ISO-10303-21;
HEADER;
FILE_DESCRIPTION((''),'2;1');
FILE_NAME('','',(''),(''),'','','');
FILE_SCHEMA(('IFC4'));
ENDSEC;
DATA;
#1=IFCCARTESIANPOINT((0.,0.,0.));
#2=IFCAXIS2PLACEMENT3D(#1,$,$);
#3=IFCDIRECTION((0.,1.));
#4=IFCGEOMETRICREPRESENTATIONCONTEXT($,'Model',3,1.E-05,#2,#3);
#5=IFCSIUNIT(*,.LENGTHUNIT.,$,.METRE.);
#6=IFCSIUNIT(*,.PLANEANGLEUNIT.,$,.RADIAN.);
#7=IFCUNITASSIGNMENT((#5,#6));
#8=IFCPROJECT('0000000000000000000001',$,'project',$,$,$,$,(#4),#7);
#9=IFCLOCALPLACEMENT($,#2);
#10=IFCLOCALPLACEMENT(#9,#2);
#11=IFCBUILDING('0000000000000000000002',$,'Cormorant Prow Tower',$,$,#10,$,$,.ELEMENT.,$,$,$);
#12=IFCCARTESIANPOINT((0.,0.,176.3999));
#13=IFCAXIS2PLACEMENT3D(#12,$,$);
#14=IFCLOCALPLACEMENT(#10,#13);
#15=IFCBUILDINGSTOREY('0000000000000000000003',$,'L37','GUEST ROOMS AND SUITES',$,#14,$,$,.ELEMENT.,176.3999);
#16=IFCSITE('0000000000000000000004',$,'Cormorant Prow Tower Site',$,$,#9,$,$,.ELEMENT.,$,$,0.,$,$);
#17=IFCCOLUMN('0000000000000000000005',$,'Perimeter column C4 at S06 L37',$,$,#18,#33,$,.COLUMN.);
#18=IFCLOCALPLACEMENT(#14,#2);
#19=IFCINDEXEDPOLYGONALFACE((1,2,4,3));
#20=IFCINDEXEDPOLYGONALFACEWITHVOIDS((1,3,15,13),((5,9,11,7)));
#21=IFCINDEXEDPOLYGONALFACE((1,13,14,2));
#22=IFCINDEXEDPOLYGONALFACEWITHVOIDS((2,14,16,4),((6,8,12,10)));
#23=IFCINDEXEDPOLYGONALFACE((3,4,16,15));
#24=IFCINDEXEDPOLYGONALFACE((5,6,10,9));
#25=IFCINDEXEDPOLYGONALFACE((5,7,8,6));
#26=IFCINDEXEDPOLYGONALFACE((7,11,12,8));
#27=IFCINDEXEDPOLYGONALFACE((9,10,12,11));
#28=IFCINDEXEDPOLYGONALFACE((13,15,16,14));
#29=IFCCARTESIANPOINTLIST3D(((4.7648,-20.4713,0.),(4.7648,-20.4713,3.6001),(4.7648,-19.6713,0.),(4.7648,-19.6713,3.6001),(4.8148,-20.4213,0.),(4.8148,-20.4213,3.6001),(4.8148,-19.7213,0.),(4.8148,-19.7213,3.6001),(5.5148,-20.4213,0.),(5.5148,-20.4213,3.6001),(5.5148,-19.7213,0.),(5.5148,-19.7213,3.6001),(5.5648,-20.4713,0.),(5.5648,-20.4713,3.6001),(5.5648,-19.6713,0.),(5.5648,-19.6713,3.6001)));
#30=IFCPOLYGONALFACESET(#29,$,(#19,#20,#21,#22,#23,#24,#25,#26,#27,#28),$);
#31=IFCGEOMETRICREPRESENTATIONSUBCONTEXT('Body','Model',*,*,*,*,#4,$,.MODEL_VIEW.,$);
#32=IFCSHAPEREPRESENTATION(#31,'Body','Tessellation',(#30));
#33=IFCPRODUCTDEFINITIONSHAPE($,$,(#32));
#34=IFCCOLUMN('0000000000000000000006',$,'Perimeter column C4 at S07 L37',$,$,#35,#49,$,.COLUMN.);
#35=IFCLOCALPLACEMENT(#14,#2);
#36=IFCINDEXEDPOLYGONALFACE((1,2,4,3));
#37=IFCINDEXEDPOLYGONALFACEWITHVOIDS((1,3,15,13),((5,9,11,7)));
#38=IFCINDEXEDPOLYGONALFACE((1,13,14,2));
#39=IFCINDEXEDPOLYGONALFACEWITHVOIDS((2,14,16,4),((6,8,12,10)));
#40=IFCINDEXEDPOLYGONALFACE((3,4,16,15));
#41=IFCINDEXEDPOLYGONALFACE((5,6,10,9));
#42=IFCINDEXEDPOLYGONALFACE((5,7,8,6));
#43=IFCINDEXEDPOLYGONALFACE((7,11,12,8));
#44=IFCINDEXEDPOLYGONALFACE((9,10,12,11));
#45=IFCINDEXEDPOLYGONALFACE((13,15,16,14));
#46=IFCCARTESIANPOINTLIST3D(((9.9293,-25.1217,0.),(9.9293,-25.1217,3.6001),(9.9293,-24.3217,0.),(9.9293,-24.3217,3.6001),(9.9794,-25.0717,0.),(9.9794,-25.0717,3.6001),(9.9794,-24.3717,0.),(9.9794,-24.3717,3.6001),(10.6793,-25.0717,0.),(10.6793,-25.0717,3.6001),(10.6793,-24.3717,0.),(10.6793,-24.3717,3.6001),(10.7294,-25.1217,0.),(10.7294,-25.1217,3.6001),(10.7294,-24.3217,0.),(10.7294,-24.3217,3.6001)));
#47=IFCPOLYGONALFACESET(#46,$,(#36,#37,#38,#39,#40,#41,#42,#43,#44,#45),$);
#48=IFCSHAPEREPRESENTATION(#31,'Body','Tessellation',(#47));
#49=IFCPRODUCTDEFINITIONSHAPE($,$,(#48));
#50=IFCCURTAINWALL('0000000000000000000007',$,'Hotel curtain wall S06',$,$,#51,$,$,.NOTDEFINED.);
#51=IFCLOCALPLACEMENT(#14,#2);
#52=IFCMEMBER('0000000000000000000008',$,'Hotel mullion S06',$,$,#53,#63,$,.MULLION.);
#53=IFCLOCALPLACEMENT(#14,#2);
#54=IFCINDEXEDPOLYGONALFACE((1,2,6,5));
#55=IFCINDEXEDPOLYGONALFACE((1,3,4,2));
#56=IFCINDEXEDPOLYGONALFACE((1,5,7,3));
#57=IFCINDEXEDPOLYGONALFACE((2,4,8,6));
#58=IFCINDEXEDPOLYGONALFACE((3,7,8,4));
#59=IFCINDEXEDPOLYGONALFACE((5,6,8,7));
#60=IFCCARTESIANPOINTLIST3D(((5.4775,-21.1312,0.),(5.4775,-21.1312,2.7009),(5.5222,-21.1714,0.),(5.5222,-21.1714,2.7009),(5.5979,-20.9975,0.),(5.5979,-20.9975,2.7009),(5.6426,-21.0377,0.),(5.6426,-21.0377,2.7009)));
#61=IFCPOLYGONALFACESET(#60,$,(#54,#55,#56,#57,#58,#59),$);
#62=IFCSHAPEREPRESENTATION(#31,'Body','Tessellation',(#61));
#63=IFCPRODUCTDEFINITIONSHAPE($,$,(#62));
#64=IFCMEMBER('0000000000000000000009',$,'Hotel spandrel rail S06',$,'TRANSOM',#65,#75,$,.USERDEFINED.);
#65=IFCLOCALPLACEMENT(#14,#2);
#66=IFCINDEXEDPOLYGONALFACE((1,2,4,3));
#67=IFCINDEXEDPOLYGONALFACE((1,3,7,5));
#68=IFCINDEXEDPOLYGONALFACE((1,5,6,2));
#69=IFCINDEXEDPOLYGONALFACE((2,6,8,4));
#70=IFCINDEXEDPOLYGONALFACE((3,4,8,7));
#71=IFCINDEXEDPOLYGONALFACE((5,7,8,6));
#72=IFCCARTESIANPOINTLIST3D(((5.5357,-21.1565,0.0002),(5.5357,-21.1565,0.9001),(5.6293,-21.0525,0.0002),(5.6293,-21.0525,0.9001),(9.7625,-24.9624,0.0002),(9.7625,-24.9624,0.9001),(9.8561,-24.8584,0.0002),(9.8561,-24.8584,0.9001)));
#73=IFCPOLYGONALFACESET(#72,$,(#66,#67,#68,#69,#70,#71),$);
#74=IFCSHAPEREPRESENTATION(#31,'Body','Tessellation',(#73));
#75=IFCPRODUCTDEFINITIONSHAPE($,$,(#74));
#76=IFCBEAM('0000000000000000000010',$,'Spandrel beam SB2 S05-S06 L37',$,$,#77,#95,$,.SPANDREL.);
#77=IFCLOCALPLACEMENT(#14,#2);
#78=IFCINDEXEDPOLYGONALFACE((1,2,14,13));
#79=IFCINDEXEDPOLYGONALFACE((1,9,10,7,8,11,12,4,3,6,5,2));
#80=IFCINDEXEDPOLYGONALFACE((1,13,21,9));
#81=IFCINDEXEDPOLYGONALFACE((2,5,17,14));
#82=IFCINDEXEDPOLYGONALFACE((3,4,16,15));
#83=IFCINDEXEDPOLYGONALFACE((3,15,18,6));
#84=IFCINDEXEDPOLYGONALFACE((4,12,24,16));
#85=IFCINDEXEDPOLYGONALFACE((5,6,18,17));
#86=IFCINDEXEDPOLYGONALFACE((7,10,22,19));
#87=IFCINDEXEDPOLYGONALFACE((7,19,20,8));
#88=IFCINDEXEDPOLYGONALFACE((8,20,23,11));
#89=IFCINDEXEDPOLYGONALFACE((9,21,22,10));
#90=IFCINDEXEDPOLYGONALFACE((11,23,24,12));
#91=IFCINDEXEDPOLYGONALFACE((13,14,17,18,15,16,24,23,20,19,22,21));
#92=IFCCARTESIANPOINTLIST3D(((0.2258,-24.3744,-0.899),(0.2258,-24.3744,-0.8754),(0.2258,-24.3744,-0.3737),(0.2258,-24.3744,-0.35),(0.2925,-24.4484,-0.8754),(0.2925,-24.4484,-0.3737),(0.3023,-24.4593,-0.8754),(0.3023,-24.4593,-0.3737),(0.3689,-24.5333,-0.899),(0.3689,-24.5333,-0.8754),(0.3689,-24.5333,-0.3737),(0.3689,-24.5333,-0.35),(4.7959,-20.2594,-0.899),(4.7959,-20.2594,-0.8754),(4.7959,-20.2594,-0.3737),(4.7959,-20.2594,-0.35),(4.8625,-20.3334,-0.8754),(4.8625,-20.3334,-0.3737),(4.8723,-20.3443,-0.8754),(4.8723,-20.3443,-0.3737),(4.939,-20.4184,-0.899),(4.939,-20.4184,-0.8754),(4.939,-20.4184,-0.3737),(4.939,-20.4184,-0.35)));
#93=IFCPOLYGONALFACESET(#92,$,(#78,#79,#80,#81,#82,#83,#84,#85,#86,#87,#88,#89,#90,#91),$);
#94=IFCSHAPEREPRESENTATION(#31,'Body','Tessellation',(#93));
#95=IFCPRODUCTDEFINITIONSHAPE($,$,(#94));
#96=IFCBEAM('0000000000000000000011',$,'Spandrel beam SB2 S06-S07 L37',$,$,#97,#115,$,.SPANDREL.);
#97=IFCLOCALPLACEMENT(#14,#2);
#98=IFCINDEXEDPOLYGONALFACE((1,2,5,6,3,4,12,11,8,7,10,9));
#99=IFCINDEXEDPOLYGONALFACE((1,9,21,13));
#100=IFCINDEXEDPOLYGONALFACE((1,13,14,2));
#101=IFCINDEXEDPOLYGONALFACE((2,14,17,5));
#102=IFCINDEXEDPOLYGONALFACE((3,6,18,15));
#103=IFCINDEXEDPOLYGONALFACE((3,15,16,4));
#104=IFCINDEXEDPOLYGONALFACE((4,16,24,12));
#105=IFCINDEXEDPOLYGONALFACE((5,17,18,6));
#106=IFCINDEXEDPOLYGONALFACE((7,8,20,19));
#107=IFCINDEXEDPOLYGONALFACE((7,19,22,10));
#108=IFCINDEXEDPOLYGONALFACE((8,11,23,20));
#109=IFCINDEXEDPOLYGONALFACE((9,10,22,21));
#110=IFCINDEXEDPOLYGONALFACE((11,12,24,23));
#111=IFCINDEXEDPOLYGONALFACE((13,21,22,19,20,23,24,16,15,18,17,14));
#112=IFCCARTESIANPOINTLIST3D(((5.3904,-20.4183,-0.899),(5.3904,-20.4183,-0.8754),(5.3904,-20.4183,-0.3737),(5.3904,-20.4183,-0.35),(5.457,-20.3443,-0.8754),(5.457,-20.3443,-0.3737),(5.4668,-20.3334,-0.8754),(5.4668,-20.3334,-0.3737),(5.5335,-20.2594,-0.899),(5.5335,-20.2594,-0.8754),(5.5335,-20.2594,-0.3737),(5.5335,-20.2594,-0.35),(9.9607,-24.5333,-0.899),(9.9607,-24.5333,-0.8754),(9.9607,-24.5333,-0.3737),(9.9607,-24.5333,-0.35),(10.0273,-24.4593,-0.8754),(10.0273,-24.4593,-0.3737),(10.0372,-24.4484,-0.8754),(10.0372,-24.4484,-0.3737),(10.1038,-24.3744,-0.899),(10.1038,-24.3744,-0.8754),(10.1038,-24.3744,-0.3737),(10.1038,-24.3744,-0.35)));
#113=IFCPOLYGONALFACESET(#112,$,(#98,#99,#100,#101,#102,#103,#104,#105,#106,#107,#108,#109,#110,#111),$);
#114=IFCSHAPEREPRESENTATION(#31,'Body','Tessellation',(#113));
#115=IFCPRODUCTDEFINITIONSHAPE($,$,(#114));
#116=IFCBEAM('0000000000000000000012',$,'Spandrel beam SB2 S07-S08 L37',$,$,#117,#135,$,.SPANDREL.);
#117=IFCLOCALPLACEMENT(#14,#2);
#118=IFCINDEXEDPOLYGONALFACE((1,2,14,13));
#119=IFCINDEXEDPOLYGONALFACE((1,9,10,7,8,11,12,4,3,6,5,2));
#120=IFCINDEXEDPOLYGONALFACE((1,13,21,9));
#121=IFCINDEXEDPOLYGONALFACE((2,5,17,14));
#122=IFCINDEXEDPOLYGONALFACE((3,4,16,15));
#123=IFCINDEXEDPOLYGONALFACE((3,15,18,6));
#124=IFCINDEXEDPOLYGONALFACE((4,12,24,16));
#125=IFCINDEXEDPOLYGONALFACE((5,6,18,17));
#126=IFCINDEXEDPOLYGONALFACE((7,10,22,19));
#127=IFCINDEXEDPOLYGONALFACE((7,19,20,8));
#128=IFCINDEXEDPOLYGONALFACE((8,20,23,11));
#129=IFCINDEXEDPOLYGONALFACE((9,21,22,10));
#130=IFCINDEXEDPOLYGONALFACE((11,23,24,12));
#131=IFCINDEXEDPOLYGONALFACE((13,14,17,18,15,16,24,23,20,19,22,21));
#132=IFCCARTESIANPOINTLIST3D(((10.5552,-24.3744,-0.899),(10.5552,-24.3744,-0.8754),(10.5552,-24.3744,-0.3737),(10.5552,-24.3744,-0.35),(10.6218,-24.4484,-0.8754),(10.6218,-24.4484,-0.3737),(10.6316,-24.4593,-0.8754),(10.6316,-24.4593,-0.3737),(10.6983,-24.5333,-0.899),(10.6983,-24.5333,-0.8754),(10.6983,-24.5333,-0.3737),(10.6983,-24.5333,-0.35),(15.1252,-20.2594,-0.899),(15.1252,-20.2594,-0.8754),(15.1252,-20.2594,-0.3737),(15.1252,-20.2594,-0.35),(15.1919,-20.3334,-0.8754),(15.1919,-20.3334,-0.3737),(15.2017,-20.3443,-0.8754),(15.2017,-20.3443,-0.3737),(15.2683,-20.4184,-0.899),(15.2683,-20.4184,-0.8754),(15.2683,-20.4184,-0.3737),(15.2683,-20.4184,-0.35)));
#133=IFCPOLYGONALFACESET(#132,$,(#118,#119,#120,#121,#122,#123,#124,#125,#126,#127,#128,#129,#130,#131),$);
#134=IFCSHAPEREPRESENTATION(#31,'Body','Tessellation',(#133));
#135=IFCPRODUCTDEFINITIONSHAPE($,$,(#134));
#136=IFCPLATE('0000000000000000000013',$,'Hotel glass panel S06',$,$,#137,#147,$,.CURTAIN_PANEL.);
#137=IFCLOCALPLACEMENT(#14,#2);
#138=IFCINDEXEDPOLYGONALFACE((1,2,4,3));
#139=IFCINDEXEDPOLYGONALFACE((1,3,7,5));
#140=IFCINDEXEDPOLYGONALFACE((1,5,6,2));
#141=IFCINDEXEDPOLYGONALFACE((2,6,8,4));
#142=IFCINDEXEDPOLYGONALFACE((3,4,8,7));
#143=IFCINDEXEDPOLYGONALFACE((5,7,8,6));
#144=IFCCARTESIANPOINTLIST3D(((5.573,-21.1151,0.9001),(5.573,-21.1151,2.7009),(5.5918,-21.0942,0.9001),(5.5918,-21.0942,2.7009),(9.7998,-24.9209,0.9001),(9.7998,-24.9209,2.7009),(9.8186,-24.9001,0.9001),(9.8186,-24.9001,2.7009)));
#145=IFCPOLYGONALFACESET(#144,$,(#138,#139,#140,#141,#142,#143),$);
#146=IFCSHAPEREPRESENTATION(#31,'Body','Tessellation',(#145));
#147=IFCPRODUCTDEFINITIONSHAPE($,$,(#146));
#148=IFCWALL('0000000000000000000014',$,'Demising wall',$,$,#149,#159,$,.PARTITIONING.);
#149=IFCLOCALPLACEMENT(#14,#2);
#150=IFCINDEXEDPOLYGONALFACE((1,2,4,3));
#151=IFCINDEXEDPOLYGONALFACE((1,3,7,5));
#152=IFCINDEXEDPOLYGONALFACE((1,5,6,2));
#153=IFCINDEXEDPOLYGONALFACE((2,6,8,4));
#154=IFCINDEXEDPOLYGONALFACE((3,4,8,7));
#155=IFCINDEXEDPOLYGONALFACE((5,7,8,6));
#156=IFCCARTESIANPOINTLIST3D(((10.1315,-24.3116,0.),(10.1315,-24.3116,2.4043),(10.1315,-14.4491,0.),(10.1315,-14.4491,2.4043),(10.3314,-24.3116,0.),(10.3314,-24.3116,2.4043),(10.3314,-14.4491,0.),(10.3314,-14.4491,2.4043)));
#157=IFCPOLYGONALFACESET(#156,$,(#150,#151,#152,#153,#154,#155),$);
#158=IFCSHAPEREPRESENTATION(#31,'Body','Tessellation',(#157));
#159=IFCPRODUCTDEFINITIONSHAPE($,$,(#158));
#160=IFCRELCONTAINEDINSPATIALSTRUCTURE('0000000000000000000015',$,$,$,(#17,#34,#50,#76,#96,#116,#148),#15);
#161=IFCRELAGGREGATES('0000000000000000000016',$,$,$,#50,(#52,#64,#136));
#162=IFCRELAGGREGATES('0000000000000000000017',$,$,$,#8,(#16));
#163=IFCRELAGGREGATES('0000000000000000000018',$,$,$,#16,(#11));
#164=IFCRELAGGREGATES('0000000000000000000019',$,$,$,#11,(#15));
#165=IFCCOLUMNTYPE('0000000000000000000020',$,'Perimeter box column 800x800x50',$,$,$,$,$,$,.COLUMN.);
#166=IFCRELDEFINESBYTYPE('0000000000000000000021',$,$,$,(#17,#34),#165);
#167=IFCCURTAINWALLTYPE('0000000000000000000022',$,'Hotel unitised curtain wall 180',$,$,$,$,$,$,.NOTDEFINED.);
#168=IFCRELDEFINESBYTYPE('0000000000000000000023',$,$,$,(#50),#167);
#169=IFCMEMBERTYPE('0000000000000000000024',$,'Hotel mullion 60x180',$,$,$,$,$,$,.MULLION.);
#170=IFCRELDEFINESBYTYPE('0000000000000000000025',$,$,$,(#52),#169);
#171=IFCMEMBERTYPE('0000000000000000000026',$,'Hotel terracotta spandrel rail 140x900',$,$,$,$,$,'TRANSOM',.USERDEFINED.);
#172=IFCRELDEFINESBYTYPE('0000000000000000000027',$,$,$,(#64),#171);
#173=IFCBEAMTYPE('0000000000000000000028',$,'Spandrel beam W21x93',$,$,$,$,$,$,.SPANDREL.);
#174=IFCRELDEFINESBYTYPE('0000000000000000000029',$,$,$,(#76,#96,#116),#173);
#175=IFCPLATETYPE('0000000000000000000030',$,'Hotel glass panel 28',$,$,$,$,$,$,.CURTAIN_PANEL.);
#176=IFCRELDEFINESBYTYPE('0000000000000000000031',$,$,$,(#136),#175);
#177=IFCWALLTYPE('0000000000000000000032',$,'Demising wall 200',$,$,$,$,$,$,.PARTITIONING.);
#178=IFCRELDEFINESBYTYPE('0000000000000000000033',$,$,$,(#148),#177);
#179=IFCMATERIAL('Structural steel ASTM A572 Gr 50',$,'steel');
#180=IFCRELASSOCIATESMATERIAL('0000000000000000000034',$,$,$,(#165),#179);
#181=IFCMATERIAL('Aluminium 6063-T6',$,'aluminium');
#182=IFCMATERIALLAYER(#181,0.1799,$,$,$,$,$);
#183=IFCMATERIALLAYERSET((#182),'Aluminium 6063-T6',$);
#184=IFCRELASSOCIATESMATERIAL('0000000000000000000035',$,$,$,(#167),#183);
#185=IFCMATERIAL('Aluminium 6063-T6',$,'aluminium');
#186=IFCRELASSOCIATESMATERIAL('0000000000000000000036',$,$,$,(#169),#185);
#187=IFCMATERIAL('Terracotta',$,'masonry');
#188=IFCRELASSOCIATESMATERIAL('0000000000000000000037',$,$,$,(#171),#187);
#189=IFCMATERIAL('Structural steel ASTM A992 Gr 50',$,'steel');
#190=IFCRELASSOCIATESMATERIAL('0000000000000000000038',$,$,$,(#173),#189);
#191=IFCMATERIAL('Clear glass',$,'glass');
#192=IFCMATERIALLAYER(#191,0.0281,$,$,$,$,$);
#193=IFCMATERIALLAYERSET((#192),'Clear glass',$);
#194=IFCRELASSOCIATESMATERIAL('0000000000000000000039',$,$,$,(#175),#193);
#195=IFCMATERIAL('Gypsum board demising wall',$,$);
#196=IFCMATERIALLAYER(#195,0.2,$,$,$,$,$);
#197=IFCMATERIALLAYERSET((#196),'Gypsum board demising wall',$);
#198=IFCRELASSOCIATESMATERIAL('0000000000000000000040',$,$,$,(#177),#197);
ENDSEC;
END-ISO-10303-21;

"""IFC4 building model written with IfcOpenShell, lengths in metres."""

from ifc_helpers import new_model, si_unit, direction, frame, frame_2d, origin, origin_2d, place, context, subcontext, project, spatial, rectangle, hollow_rectangle, i_section, extrude, material, layer, layer_set, material_profile, profile_set, type_object, element, aggregate, save


model = new_model("IFC4")

# Units and contexts
model_context = context("Model", 3, precision=1e-05, world=origin(), true_north=direction((0.0, 1.0)))
body_context = subcontext(model_context, "Body", "Model", "MODEL_VIEW")
ifc_project = project(units=[si_unit("LENGTHUNIT", "METRE"), si_unit("PLANEANGLEUNIT", "RADIAN")], contexts=[model_context])

# Site, building, storey
site_placement = place(None, origin())
site = spatial("IfcSite", under=ifc_project, at=site_placement, Name="Cormorant Prow Tower Site", CompositionType="ELEMENT", RefElevation=0.0)
building_placement = place(site_placement, origin())
building = spatial("IfcBuilding", under=site, at=building_placement, Name="Cormorant Prow Tower", CompositionType="ELEMENT")
storey_placement = place(building_placement, frame((0.0, 0.0, 176.3999)))
storey = spatial("IfcBuildingStorey", under=building, at=storey_placement, Name="L37", Description="GUEST ROOMS AND SUITES", CompositionType="ELEMENT", Elevation=176.3999)

# Columns
ifc_material_1 = material(Name="Structural steel ASTM A572 Gr 50", Category="steel")
ifc_material_profile_1 = material_profile(ifc_material_1, hollow_rectangle(XDim=0.8, YDim=0.8, WallThickness=0.05, at=origin_2d()), Name="Box 800x800x50")
ifc_profile_set_1 = profile_set([ifc_material_profile_1], Name="Structural steel ASTM A572 Gr 50")
column_type = type_object("IfcColumnType", Name="Perimeter box column 800x800x50", PredefinedType="COLUMN", material=ifc_profile_set_1)
for number, where, z_axis, x_axis, name in (
    (1, (5.1648, -20.0713, 0.0), (0.0, 0.0, 1.0), (1.0, 0.0, 0.0), "Perimeter column C4 at S06 L37"),
    (2, (10.3293, -24.7217, 0.0), (0.0, 0.0, 1.0), (1.0, 0.0, 0.0), "Perimeter column C4 at S07 L37"),
):
    element("IfcColumn", number, at=place(storey_placement, frame(where, z_axis=z_axis, x_axis=x_axis)), inside=storey, type_object=column_type, Name=name, PredefinedType="COLUMN", context=body_context, shape_type="SweptSolid", body=[
        extrude(hollow_rectangle(XDim=0.8, YDim=0.8, WallThickness=0.05, at=origin_2d()), origin(), (0.0, 0.0, 1.0), 3.6001),
    ])

# Curtain wall, members
ifc_material_2 = material(Name="Aluminium 6063-T6", Category="aluminium")
ifc_layer_1 = layer(ifc_material_2, 0.1799)
ifc_layer_set_1 = layer_set([ifc_layer_1], Name="Aluminium 6063-T6")
curtain_wall_type = type_object("IfcCurtainWallType", Name="Hotel unitised curtain wall 180", PredefinedType="NOTDEFINED", material=ifc_layer_set_1)
curtain_wall_placement = place(storey_placement, origin())
curtain_wall = element("IfcCurtainWall", 3, at=curtain_wall_placement, inside=storey, type_object=curtain_wall_type, Name="Hotel curtain wall S06", PredefinedType="NOTDEFINED")
ifc_material_3 = material(Name="Aluminium 6063-T6", Category="aluminium")
ifc_material_profile_2 = material_profile(ifc_material_3, rectangle(XDim=0.1799, YDim=0.0601, at=origin_2d()), Name="Hotel mullion 60x180")
ifc_profile_set_2 = profile_set([ifc_material_profile_2], Name="Aluminium 6063-T6")
member_type_1 = type_object("IfcMemberType", Name="Hotel mullion 60x180", PredefinedType="MULLION", material=ifc_profile_set_2)
member_1_placement = place(storey_placement, frame((5.5601, -21.0845, 0.0), z_axis=(0.0, 0.0, 1.0), x_axis=(0.66913, 0.743145, 0.0)))
member_1 = element("IfcMember", 4, at=member_1_placement, type_object=member_type_1, Name="Hotel mullion S06", PredefinedType="MULLION", context=body_context, shape_type="SweptSolid", body=[
    extrude(rectangle(XDim=0.1799, YDim=0.0601, at=origin_2d()), origin(), (0.0, 0.0, 1.0), 2.7009),
])
ifc_material_4 = material(Name="Terracotta", Category="masonry")
ifc_material_profile_3 = material_profile(ifc_material_4, rectangle(XDim=0.1399, YDim=0.8999, at=origin_2d()), Name="Hotel terracotta spandrel rail 140x900")
ifc_profile_set_3 = profile_set([ifc_material_profile_3], Name="Terracotta")
member_type_2 = type_object("IfcMemberType", Name="Hotel terracotta spandrel rail 140x900", ElementType="TRANSOM", PredefinedType="USERDEFINED", material=ifc_profile_set_3)
member_2_placement = place(storey_placement, frame((5.5825, -21.1045, 0.4502), z_axis=(0.743138, -0.669138, 0.0), x_axis=(0.669138, 0.743138, 0.0)))
member_2 = element("IfcMember", 5, at=member_2_placement, type_object=member_type_2, Name="Hotel spandrel rail S06", ObjectType="TRANSOM", PredefinedType="USERDEFINED", context=body_context, shape_type="SweptSolid", body=[
    extrude(rectangle(XDim=0.1399, YDim=0.8999, at=origin_2d()), origin(), (0.0, 0.0, 1.0), 5.6877),
])

# Beams
ifc_material_5 = material(Name="Structural steel ASTM A992 Gr 50", Category="steel")
ifc_material_profile_4 = material_profile(ifc_material_5, i_section(OverallWidth=0.2139, OverallDepth=0.5491, WebThickness=0.0146, FlangeThickness=0.0237, at=origin_2d()), Name="W21x93")
ifc_profile_set_4 = profile_set([ifc_material_profile_4], Name="Structural steel ASTM A992 Gr 50")
beam_type = type_object("IfcBeamType", Name="Spandrel beam W21x93", PredefinedType="SPANDREL", material=ifc_profile_set_4)
beam_1_placement = place(storey_placement, frame((0.2974, -24.4539, -0.6245), z_axis=(0.743138, 0.669138, 0.0), x_axis=(-0.669138, 0.743138, 0.0)))
element("IfcBeam", 6, at=beam_1_placement, inside=storey, type_object=beam_type, Name="Spandrel beam SB2 S05-S06 L37", PredefinedType="SPANDREL", context=body_context, shape_type="SweptSolid", body=[
    extrude(i_section(OverallWidth=0.2139, OverallDepth=0.5491, WebThickness=0.0146, FlangeThickness=0.0237, at=origin_2d()), origin(), (0.0, 0.0, 1.0), 6.1497),
])
beam_2_placement = place(storey_placement, frame((5.4619, -20.3389, -0.6245), z_axis=(0.743156, -0.669118, 0.0), x_axis=(0.669118, 0.743156, 0.0)))
element("IfcBeam", 7, at=beam_2_placement, inside=storey, type_object=beam_type, Name="Spandrel beam SB2 S06-S07 L37", PredefinedType="SPANDREL", context=body_context, shape_type="SweptSolid", body=[
    extrude(i_section(OverallWidth=0.2139, OverallDepth=0.5491, WebThickness=0.0146, FlangeThickness=0.0237, at=origin_2d()), origin(), (0.0, 0.0, 1.0), 6.1499),
])
beam_3_placement = place(storey_placement, frame((10.6267, -24.4539, -0.6245), z_axis=(0.743138, 0.669138, 0.0), x_axis=(-0.669138, 0.743138, 0.0)))
element("IfcBeam", 8, at=beam_3_placement, inside=storey, type_object=beam_type, Name="Spandrel beam SB2 S07-S08 L37", PredefinedType="SPANDREL", context=body_context, shape_type="SweptSolid", body=[
    extrude(i_section(OverallWidth=0.2139, OverallDepth=0.5491, WebThickness=0.0146, FlangeThickness=0.0237, at=origin_2d()), origin(), (0.0, 0.0, 1.0), 6.1497),
])

# Plate
ifc_material_6 = material(Name="Clear glass", Category="glass")
ifc_layer_2 = layer(ifc_material_6, 0.0281)
ifc_layer_set_2 = layer_set([ifc_layer_2], Name="Clear glass")
plate_type = type_object("IfcPlateType", Name="Hotel glass panel 28", PredefinedType="CURTAIN_PANEL", material=ifc_layer_set_2)
plate_placement = place(storey_placement, frame((7.6958, -23.0076, 0.9001), z_axis=(0.0, 0.0, 1.0), x_axis=(0.743145, -0.66913, 0.0)))
plate = element("IfcPlate", 9, at=plate_placement, type_object=plate_type, Name="Hotel glass panel S06", PredefinedType="CURTAIN_PANEL", context=body_context, shape_type="SweptSolid", body=[
    extrude(rectangle(XDim=5.6877, YDim=0.0281, at=origin_2d()), origin(), (0.0, 0.0, 1.0), 1.8008),
])
aggregate(curtain_wall, [member_1, member_2, plate])

# Wall
ifc_material_7 = material(Name="Gypsum board demising wall")
ifc_layer_3 = layer(ifc_material_7, 0.2)
ifc_layer_set_3 = layer_set([ifc_layer_3], Name="Gypsum board demising wall")
wall_type_1 = type_object("IfcWallType", Name="Demising wall 200", PredefinedType="PARTITIONING", material=ifc_layer_set_3)
wall_1_placement = place(storey_placement, frame((10.2314, -24.3115, 0.0), z_axis=(0.0, 0.0, 1.0), x_axis=(0.0, 1.0, 0.0)))
element("IfcWall", 10, at=wall_1_placement, inside=storey, type_object=wall_type_1, Name="Demising wall", PredefinedType="PARTITIONING", context=body_context, shape_type="SweptSolid", body=[
    extrude(rectangle(XDim=9.8625, YDim=0.2, at=frame_2d((4.9312, 0.0))), origin(), (0.0, 0.0, 1.0), 2.4043),
])

save(model, "model.ifc")
